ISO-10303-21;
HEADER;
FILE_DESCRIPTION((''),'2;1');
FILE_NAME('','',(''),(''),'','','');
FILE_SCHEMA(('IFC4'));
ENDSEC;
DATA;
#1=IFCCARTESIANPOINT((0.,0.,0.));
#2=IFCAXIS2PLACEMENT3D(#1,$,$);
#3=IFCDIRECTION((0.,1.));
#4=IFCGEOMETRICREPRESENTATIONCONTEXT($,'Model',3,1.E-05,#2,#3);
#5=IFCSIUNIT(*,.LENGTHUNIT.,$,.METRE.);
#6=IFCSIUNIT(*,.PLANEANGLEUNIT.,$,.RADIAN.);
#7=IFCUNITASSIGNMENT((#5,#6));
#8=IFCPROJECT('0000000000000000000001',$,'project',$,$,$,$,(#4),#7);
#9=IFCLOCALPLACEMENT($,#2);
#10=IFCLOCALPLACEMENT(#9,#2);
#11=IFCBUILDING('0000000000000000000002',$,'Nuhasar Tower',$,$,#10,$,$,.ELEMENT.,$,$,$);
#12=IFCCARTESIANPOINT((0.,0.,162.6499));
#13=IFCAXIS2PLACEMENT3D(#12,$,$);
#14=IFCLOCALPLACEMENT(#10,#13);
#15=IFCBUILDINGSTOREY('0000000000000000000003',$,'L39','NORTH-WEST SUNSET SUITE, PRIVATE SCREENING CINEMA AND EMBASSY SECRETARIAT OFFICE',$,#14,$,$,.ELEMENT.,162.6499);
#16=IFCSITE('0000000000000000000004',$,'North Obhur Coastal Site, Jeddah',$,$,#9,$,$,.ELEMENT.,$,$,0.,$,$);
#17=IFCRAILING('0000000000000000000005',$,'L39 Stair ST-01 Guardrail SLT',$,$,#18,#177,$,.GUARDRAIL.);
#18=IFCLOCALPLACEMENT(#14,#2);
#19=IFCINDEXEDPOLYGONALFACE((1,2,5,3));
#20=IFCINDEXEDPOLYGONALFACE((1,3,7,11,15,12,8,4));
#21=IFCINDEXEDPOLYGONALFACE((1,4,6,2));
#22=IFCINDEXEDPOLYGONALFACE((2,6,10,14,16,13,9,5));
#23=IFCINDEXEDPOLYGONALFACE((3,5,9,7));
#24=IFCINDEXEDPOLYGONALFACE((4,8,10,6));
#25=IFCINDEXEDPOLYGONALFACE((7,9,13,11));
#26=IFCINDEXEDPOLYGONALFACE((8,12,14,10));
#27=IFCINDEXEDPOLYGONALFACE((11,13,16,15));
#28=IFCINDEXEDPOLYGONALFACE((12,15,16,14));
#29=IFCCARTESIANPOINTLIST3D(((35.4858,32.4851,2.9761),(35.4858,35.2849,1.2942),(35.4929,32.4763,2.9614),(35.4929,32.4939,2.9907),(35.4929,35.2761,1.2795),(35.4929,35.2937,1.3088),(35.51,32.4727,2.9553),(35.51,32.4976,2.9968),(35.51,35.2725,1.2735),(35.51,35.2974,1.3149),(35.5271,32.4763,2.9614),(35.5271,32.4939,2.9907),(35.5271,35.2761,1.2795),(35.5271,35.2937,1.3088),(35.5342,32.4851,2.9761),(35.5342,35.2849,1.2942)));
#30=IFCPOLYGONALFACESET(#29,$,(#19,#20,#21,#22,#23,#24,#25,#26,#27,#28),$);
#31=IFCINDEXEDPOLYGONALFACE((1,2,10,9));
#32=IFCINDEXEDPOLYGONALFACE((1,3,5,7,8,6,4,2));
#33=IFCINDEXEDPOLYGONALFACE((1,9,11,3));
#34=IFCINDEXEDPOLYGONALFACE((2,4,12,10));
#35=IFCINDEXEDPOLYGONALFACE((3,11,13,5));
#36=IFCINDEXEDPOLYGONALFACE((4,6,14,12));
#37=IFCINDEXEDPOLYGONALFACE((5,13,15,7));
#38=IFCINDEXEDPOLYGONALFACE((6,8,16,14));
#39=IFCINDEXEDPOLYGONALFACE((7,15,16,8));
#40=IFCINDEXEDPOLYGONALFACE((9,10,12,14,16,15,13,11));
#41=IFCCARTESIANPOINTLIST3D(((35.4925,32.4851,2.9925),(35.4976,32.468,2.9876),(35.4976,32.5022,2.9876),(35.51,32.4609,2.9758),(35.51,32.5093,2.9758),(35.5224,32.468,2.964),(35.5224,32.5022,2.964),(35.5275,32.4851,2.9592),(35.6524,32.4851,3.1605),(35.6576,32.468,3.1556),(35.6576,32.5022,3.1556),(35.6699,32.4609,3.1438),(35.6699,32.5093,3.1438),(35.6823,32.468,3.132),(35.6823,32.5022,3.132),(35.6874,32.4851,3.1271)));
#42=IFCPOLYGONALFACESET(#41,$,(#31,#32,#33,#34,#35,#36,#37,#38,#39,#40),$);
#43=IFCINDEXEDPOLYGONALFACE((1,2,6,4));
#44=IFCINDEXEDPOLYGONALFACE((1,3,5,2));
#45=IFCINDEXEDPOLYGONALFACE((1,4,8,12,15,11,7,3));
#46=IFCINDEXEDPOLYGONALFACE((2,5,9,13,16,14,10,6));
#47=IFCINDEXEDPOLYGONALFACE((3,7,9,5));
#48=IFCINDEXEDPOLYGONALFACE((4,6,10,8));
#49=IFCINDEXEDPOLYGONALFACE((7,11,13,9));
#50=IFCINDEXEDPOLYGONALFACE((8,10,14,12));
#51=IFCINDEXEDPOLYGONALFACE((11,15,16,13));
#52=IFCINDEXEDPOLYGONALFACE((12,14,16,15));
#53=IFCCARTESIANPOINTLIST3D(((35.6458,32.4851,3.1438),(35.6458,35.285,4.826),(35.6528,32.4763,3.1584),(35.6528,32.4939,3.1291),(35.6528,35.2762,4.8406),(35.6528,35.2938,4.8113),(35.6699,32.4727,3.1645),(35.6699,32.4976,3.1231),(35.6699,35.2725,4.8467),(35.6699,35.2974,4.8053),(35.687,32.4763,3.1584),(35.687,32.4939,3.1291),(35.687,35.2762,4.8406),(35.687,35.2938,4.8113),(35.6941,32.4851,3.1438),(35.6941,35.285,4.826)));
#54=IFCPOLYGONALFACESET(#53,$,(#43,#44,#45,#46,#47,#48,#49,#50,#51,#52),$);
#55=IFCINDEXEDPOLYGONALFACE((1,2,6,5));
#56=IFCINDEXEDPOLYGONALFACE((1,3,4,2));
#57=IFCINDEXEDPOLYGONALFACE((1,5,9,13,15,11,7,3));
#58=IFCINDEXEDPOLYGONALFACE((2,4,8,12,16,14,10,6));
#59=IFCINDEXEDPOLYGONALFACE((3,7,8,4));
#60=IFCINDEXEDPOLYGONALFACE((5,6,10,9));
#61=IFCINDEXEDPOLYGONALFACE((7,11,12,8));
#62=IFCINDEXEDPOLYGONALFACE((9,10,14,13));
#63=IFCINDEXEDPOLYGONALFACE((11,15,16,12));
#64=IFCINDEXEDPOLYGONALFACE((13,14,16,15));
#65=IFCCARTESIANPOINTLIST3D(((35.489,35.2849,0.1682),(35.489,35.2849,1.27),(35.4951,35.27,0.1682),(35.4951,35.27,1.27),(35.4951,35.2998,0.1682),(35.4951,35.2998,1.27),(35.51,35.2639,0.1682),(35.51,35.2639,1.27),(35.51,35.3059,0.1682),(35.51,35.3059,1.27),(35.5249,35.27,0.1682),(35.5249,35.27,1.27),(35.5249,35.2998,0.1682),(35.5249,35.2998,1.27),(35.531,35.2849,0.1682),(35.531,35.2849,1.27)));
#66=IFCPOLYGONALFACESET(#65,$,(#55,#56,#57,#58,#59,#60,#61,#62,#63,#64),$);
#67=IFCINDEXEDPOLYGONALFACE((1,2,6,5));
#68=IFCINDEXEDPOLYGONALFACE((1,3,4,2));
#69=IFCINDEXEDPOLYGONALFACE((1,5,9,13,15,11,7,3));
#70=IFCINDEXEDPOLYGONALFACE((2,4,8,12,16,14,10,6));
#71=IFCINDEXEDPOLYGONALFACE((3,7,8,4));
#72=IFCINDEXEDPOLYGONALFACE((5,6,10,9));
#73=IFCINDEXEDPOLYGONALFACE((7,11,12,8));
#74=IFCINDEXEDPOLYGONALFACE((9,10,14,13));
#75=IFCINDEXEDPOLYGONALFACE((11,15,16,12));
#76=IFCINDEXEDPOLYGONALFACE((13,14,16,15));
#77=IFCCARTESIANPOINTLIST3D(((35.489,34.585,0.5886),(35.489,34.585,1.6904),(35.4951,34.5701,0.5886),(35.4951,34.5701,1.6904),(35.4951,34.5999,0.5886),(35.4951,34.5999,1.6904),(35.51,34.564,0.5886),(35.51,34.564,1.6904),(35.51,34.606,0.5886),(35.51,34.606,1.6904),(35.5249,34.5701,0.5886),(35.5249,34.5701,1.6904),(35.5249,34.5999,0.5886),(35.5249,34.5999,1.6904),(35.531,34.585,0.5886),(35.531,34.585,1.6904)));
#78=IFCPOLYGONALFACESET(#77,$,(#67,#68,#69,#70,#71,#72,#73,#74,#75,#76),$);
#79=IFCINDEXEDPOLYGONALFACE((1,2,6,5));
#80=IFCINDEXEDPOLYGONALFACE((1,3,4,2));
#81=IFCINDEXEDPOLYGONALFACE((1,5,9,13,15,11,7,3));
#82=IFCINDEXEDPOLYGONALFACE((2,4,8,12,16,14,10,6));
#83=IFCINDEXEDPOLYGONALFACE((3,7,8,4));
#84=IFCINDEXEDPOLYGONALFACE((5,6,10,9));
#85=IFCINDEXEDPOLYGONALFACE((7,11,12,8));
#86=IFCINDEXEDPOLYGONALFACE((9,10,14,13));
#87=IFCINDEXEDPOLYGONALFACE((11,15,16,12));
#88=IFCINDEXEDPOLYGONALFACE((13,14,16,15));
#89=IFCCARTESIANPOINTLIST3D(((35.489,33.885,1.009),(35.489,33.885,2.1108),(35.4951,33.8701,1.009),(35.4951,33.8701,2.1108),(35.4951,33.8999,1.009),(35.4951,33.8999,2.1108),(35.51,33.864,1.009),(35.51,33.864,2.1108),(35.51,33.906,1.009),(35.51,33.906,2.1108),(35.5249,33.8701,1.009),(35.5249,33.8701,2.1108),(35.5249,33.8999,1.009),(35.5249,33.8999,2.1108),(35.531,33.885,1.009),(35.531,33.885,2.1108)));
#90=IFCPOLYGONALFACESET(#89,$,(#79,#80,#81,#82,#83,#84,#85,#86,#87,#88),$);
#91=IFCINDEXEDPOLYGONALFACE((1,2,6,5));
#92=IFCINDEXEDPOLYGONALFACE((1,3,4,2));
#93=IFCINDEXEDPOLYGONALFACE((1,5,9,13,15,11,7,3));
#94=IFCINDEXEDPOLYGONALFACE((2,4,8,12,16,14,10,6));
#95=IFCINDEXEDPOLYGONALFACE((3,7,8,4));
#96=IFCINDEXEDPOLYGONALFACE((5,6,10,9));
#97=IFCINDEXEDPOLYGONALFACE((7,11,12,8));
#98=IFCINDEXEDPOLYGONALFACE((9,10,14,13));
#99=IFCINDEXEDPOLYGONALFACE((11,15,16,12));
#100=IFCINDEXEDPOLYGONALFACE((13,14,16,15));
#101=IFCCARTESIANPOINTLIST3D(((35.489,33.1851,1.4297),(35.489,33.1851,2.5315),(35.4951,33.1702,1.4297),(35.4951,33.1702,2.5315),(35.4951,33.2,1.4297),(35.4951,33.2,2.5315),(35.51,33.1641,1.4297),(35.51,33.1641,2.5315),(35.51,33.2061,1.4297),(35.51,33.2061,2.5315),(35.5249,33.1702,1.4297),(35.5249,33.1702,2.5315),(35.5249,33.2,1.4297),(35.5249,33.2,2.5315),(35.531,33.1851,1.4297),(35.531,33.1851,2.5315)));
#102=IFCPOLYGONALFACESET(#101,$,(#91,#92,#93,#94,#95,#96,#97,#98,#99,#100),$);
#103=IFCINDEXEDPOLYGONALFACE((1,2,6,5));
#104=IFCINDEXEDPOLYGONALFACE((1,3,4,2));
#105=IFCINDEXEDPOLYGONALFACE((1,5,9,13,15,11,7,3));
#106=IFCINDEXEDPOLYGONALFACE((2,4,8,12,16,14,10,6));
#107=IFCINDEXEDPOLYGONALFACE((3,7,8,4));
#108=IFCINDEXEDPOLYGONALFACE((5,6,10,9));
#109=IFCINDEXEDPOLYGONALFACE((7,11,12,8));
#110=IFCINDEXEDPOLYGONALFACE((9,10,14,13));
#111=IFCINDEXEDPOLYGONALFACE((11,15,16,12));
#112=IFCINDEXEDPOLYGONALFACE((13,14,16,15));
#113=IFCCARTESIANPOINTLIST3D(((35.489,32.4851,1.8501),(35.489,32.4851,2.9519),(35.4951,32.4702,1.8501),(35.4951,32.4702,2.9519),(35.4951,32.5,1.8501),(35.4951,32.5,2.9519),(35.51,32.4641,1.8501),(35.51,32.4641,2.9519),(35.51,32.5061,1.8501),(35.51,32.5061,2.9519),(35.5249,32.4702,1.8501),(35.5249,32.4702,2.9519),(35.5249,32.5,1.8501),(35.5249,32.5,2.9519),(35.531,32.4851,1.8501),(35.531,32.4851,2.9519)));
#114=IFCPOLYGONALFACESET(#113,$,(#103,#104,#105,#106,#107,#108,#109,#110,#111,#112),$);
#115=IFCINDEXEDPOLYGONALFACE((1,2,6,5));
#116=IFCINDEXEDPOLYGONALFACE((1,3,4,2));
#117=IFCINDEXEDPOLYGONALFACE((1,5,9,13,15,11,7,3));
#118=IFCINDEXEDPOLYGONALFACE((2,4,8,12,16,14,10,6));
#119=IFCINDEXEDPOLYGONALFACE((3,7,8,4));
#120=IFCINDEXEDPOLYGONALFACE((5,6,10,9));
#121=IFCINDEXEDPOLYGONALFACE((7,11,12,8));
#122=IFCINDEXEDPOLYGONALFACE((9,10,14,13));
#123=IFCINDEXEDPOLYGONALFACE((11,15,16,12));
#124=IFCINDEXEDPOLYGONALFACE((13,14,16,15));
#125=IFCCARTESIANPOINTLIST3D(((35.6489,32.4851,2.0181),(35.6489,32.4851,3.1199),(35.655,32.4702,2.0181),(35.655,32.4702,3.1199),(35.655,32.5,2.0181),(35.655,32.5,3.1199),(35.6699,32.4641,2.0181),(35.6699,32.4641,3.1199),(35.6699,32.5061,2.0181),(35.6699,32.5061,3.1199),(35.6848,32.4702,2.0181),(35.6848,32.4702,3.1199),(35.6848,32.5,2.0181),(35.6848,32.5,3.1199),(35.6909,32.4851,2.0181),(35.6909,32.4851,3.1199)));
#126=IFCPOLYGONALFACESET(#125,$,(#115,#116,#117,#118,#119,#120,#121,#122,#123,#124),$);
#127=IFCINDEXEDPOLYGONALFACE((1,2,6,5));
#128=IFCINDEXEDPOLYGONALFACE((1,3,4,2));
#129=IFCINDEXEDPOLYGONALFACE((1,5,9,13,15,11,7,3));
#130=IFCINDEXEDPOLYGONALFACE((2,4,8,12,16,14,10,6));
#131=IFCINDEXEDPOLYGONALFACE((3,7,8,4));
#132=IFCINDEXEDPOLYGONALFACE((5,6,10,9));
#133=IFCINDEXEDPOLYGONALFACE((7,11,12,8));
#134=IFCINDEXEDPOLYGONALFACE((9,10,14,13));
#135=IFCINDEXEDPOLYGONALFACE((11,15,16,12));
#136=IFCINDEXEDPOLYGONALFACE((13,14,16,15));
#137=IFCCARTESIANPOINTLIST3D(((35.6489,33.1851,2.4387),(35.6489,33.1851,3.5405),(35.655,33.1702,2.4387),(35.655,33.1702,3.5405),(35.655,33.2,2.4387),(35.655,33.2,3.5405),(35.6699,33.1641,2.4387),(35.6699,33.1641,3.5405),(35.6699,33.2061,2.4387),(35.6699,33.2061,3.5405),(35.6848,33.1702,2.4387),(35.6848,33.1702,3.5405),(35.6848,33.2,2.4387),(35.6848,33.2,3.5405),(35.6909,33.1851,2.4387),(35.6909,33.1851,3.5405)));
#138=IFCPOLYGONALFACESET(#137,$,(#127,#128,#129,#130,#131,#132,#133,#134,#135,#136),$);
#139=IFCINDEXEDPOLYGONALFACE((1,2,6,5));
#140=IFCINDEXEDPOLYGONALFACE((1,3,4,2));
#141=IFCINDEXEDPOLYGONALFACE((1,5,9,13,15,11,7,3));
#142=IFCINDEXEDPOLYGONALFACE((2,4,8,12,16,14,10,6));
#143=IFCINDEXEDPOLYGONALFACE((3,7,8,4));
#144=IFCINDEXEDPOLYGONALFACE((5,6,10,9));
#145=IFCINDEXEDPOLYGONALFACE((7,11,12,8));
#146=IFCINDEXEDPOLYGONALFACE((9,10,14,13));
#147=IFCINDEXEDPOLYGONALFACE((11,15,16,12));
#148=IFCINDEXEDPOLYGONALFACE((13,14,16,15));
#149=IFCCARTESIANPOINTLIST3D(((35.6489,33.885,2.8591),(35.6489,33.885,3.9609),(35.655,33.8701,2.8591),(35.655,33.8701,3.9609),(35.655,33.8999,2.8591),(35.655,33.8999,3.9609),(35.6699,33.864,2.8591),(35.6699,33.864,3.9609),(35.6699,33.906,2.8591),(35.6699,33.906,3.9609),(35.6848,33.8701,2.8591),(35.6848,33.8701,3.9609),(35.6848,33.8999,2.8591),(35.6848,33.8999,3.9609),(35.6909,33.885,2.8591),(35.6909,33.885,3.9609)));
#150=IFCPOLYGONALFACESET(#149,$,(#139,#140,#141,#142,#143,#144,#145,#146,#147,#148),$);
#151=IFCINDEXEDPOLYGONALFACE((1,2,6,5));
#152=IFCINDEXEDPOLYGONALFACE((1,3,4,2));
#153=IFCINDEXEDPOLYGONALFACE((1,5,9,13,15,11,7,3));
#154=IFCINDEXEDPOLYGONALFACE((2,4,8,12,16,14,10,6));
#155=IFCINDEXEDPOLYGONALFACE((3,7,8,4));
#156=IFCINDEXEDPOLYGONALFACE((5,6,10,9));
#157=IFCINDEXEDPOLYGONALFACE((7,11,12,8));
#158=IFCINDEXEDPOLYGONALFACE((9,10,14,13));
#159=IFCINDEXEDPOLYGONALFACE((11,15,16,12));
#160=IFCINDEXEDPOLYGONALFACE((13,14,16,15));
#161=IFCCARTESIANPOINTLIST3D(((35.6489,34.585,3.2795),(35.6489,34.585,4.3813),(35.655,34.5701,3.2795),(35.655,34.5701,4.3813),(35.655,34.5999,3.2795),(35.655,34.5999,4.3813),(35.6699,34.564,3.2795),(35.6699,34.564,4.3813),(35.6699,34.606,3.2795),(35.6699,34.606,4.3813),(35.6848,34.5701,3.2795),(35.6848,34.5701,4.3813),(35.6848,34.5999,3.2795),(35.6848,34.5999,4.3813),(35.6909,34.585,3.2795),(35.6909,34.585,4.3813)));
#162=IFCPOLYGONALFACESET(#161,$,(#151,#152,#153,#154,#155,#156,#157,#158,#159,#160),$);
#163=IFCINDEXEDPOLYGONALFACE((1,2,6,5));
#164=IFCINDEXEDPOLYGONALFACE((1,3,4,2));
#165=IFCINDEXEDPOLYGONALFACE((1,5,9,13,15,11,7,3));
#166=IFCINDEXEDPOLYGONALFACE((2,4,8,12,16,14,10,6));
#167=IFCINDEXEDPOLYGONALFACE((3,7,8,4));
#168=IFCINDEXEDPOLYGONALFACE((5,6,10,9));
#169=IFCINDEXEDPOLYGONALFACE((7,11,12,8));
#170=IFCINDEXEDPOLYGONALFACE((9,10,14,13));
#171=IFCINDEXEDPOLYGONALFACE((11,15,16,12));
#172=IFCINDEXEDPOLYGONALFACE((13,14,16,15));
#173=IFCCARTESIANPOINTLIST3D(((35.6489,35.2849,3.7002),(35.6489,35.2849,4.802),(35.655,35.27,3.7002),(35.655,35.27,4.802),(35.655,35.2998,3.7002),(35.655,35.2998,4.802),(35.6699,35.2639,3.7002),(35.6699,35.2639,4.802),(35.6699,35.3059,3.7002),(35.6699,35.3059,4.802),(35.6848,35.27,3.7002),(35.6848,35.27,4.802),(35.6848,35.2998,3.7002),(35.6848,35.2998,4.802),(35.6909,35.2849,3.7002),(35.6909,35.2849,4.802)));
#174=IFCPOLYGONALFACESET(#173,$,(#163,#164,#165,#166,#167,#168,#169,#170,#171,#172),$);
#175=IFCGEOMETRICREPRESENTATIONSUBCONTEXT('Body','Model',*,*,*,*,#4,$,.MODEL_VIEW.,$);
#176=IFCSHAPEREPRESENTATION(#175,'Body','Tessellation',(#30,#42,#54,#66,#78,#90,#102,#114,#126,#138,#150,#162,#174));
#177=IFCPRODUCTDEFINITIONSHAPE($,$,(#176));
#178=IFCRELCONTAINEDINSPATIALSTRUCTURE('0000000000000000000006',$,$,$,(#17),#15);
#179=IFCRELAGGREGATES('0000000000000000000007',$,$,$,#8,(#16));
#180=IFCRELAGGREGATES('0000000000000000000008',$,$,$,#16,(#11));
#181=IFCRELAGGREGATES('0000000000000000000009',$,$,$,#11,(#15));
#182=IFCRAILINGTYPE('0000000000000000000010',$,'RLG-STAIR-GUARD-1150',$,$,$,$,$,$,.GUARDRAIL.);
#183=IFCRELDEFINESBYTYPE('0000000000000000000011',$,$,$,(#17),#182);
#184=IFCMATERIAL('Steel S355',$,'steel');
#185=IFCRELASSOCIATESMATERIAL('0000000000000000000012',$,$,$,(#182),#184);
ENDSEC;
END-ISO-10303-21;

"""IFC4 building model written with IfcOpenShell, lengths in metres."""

from ifc_helpers import new_model, si_unit, direction, frame, origin, place, context, subcontext, project, spatial, polyline, outline, extrude, material, type_object, element, save


model = new_model("IFC4")

# Units and contexts
model_context = context("Model", 3, precision=1e-05, world=origin(), true_north=direction((0.0, 1.0)))
body_context = subcontext(model_context, "Body", "Model", "MODEL_VIEW")
ifc_project = project(units=[si_unit("LENGTHUNIT", "METRE"), si_unit("PLANEANGLEUNIT", "RADIAN")], contexts=[model_context])

# Site, building, storey
site_placement = place(None, origin())
site = spatial("IfcSite", under=ifc_project, at=site_placement, Name="North Obhur Coastal Site, Jeddah", CompositionType="ELEMENT", RefElevation=0.0)
building_placement = place(site_placement, origin())
building = spatial("IfcBuilding", under=site, at=building_placement, Name="Nuhasar Tower", CompositionType="ELEMENT")
storey_placement = place(building_placement, frame((0.0, 0.0, 162.6499)))
storey = spatial("IfcBuildingStorey", under=building, at=storey_placement, Name="L39", Description="NORTH-WEST SUNSET SUITE, PRIVATE SCREENING CINEMA AND EMBASSY SECRETARIAT OFFICE", CompositionType="ELEMENT", Elevation=162.6499)

# Shared definitions
ifc_material_1 = material(Name="Steel S355", Category="steel")

# Railing
railing_type_1 = type_object("IfcRailingType", Name="RLG-STAIR-GUARD-1150", PredefinedType="GUARDRAIL", material=ifc_material_1)
railing_1_placement = place(storey_placement, frame((35.51, 35.2849, 0.1682)))
element("IfcRailing", 1, at=railing_1_placement, inside=storey, type_object=railing_type_1, Name="L39 Stair ST-01 Guardrail SLT", PredefinedType="GUARDRAIL", context=body_context, shape_type="SweptSolid", body=[
    extrude(outline(polyline([(0.0242, 0.0), (0.0171, 0.0171), (0.0, 0.0242), (-0.0171, 0.0171), (-0.0242, 0.0), (-0.0171, -0.0171), (0.0, -0.0242), (0.0171, -0.0171), (0.0242, 0.0)])), frame((0.0, 0.0, 1.126), z_axis=(0.0, -0.857222, 0.514946), x_axis=(1.0, 0.0, 0.0)), (0.0, 0.0, 1.0), 3.2661),
    extrude(outline(polyline([(0.0242, 0.0), (0.0171, 0.0171), (0.0, 0.0242), (-0.0171, 0.0171), (-0.0242, 0.0), (-0.0171, -0.0171), (0.0, -0.0242), (0.0171, -0.0171), (0.0242, 0.0)])), frame((0.0, -2.7998, 2.8076), z_axis=(0.689524, 0.0, 0.724263), x_axis=(0.0, 1.0, 0.0)), (0.0, 0.0, 1.0), 0.2319),
    extrude(outline(polyline([(0.0242, 0.0), (0.0171, 0.0171), (0.0, 0.0242), (-0.0171, 0.0171), (-0.0242, 0.0), (-0.0171, -0.0171), (0.0, -0.0242), (0.0171, -0.0171), (0.0242, 0.0)])), frame((0.1599, -2.7998, 2.9756), z_axis=(0.0, 0.857189, 0.515001), x_axis=(-1.0, 0.0, 0.0)), (0.0, 0.0, 1.0), 3.2664),
    extrude(outline(polyline([(0.021, 0.0), (0.0149, 0.0149), (0.0, 0.021), (-0.0149, 0.0149), (-0.021, 0.0), (-0.0149, -0.0149), (0.0, -0.021), (0.0149, -0.0149), (0.021, 0.0)])), origin(), (0.0, 0.0, 1.0), 1.1018),
    extrude(outline(polyline([(0.021, 0.0), (0.0149, 0.0149), (0.0, 0.021), (-0.0149, 0.0149), (-0.021, 0.0), (-0.0149, -0.0149), (0.0, -0.021), (0.0149, -0.0149), (0.021, 0.0)])), frame((0.0, -0.7, 0.4204)), (0.0, 0.0, 1.0), 1.1018),
    extrude(outline(polyline([(0.021, 0.0), (0.0149, 0.0149), (0.0, 0.021), (-0.0149, 0.0149), (-0.021, 0.0), (-0.0149, -0.0149), (0.0, -0.021), (0.0149, -0.0149), (0.021, 0.0)])), frame((0.0, -1.3999, 0.8408)), (0.0, 0.0, 1.0), 1.1018),
    extrude(outline(polyline([(0.021, 0.0), (0.0149, 0.0149), (0.0, 0.021), (-0.0149, 0.0149), (-0.021, 0.0), (-0.0149, -0.0149), (0.0, -0.021), (0.0149, -0.0149), (0.021, 0.0)])), frame((0.0, -2.0999, 1.2615)), (0.0, 0.0, 1.0), 1.1018),
    extrude(outline(polyline([(0.021, 0.0), (0.0149, 0.0149), (0.0, 0.021), (-0.0149, 0.0149), (-0.021, 0.0), (-0.0149, -0.0149), (0.0, -0.021), (0.0149, -0.0149), (0.021, 0.0)])), frame((0.0, -2.7998, 1.6819)), (0.0, 0.0, 1.0), 1.1018),
    extrude(outline(polyline([(0.021, 0.0), (0.0149, 0.0149), (0.0, 0.021), (-0.0149, 0.0149), (-0.021, 0.0), (-0.0149, -0.0149), (0.0, -0.021), (0.0149, -0.0149), (0.021, 0.0)])), frame((0.1599, -2.7998, 1.8499)), (0.0, 0.0, 1.0), 1.1018),
    extrude(outline(polyline([(0.021, 0.0), (0.0149, 0.0149), (0.0, 0.021), (-0.0149, 0.0149), (-0.021, 0.0), (-0.0149, -0.0149), (0.0, -0.021), (0.0149, -0.0149), (0.021, 0.0)])), frame((0.1599, -2.0999, 2.2705)), (0.0, 0.0, 1.0), 1.1018),
    extrude(outline(polyline([(0.021, 0.0), (0.0149, 0.0149), (0.0, 0.021), (-0.0149, 0.0149), (-0.021, 0.0), (-0.0149, -0.0149), (0.0, -0.021), (0.0149, -0.0149), (0.021, 0.0)])), frame((0.1599, -1.3999, 2.6909)), (0.0, 0.0, 1.0), 1.1018),
    extrude(outline(polyline([(0.021, 0.0), (0.0149, 0.0149), (0.0, 0.021), (-0.0149, 0.0149), (-0.021, 0.0), (-0.0149, -0.0149), (0.0, -0.021), (0.0149, -0.0149), (0.021, 0.0)])), frame((0.1599, -0.7, 3.1113)), (0.0, 0.0, 1.0), 1.1018),
    extrude(outline(polyline([(0.021, 0.0), (0.0149, 0.0149), (0.0, 0.021), (-0.0149, 0.0149), (-0.021, 0.0), (-0.0149, -0.0149), (0.0, -0.021), (0.0149, -0.0149), (0.021, 0.0)])), frame((0.1599, 0.0, 3.532)), (0.0, 0.0, 1.0), 1.1018),
])

save(model, "model.ifc")
